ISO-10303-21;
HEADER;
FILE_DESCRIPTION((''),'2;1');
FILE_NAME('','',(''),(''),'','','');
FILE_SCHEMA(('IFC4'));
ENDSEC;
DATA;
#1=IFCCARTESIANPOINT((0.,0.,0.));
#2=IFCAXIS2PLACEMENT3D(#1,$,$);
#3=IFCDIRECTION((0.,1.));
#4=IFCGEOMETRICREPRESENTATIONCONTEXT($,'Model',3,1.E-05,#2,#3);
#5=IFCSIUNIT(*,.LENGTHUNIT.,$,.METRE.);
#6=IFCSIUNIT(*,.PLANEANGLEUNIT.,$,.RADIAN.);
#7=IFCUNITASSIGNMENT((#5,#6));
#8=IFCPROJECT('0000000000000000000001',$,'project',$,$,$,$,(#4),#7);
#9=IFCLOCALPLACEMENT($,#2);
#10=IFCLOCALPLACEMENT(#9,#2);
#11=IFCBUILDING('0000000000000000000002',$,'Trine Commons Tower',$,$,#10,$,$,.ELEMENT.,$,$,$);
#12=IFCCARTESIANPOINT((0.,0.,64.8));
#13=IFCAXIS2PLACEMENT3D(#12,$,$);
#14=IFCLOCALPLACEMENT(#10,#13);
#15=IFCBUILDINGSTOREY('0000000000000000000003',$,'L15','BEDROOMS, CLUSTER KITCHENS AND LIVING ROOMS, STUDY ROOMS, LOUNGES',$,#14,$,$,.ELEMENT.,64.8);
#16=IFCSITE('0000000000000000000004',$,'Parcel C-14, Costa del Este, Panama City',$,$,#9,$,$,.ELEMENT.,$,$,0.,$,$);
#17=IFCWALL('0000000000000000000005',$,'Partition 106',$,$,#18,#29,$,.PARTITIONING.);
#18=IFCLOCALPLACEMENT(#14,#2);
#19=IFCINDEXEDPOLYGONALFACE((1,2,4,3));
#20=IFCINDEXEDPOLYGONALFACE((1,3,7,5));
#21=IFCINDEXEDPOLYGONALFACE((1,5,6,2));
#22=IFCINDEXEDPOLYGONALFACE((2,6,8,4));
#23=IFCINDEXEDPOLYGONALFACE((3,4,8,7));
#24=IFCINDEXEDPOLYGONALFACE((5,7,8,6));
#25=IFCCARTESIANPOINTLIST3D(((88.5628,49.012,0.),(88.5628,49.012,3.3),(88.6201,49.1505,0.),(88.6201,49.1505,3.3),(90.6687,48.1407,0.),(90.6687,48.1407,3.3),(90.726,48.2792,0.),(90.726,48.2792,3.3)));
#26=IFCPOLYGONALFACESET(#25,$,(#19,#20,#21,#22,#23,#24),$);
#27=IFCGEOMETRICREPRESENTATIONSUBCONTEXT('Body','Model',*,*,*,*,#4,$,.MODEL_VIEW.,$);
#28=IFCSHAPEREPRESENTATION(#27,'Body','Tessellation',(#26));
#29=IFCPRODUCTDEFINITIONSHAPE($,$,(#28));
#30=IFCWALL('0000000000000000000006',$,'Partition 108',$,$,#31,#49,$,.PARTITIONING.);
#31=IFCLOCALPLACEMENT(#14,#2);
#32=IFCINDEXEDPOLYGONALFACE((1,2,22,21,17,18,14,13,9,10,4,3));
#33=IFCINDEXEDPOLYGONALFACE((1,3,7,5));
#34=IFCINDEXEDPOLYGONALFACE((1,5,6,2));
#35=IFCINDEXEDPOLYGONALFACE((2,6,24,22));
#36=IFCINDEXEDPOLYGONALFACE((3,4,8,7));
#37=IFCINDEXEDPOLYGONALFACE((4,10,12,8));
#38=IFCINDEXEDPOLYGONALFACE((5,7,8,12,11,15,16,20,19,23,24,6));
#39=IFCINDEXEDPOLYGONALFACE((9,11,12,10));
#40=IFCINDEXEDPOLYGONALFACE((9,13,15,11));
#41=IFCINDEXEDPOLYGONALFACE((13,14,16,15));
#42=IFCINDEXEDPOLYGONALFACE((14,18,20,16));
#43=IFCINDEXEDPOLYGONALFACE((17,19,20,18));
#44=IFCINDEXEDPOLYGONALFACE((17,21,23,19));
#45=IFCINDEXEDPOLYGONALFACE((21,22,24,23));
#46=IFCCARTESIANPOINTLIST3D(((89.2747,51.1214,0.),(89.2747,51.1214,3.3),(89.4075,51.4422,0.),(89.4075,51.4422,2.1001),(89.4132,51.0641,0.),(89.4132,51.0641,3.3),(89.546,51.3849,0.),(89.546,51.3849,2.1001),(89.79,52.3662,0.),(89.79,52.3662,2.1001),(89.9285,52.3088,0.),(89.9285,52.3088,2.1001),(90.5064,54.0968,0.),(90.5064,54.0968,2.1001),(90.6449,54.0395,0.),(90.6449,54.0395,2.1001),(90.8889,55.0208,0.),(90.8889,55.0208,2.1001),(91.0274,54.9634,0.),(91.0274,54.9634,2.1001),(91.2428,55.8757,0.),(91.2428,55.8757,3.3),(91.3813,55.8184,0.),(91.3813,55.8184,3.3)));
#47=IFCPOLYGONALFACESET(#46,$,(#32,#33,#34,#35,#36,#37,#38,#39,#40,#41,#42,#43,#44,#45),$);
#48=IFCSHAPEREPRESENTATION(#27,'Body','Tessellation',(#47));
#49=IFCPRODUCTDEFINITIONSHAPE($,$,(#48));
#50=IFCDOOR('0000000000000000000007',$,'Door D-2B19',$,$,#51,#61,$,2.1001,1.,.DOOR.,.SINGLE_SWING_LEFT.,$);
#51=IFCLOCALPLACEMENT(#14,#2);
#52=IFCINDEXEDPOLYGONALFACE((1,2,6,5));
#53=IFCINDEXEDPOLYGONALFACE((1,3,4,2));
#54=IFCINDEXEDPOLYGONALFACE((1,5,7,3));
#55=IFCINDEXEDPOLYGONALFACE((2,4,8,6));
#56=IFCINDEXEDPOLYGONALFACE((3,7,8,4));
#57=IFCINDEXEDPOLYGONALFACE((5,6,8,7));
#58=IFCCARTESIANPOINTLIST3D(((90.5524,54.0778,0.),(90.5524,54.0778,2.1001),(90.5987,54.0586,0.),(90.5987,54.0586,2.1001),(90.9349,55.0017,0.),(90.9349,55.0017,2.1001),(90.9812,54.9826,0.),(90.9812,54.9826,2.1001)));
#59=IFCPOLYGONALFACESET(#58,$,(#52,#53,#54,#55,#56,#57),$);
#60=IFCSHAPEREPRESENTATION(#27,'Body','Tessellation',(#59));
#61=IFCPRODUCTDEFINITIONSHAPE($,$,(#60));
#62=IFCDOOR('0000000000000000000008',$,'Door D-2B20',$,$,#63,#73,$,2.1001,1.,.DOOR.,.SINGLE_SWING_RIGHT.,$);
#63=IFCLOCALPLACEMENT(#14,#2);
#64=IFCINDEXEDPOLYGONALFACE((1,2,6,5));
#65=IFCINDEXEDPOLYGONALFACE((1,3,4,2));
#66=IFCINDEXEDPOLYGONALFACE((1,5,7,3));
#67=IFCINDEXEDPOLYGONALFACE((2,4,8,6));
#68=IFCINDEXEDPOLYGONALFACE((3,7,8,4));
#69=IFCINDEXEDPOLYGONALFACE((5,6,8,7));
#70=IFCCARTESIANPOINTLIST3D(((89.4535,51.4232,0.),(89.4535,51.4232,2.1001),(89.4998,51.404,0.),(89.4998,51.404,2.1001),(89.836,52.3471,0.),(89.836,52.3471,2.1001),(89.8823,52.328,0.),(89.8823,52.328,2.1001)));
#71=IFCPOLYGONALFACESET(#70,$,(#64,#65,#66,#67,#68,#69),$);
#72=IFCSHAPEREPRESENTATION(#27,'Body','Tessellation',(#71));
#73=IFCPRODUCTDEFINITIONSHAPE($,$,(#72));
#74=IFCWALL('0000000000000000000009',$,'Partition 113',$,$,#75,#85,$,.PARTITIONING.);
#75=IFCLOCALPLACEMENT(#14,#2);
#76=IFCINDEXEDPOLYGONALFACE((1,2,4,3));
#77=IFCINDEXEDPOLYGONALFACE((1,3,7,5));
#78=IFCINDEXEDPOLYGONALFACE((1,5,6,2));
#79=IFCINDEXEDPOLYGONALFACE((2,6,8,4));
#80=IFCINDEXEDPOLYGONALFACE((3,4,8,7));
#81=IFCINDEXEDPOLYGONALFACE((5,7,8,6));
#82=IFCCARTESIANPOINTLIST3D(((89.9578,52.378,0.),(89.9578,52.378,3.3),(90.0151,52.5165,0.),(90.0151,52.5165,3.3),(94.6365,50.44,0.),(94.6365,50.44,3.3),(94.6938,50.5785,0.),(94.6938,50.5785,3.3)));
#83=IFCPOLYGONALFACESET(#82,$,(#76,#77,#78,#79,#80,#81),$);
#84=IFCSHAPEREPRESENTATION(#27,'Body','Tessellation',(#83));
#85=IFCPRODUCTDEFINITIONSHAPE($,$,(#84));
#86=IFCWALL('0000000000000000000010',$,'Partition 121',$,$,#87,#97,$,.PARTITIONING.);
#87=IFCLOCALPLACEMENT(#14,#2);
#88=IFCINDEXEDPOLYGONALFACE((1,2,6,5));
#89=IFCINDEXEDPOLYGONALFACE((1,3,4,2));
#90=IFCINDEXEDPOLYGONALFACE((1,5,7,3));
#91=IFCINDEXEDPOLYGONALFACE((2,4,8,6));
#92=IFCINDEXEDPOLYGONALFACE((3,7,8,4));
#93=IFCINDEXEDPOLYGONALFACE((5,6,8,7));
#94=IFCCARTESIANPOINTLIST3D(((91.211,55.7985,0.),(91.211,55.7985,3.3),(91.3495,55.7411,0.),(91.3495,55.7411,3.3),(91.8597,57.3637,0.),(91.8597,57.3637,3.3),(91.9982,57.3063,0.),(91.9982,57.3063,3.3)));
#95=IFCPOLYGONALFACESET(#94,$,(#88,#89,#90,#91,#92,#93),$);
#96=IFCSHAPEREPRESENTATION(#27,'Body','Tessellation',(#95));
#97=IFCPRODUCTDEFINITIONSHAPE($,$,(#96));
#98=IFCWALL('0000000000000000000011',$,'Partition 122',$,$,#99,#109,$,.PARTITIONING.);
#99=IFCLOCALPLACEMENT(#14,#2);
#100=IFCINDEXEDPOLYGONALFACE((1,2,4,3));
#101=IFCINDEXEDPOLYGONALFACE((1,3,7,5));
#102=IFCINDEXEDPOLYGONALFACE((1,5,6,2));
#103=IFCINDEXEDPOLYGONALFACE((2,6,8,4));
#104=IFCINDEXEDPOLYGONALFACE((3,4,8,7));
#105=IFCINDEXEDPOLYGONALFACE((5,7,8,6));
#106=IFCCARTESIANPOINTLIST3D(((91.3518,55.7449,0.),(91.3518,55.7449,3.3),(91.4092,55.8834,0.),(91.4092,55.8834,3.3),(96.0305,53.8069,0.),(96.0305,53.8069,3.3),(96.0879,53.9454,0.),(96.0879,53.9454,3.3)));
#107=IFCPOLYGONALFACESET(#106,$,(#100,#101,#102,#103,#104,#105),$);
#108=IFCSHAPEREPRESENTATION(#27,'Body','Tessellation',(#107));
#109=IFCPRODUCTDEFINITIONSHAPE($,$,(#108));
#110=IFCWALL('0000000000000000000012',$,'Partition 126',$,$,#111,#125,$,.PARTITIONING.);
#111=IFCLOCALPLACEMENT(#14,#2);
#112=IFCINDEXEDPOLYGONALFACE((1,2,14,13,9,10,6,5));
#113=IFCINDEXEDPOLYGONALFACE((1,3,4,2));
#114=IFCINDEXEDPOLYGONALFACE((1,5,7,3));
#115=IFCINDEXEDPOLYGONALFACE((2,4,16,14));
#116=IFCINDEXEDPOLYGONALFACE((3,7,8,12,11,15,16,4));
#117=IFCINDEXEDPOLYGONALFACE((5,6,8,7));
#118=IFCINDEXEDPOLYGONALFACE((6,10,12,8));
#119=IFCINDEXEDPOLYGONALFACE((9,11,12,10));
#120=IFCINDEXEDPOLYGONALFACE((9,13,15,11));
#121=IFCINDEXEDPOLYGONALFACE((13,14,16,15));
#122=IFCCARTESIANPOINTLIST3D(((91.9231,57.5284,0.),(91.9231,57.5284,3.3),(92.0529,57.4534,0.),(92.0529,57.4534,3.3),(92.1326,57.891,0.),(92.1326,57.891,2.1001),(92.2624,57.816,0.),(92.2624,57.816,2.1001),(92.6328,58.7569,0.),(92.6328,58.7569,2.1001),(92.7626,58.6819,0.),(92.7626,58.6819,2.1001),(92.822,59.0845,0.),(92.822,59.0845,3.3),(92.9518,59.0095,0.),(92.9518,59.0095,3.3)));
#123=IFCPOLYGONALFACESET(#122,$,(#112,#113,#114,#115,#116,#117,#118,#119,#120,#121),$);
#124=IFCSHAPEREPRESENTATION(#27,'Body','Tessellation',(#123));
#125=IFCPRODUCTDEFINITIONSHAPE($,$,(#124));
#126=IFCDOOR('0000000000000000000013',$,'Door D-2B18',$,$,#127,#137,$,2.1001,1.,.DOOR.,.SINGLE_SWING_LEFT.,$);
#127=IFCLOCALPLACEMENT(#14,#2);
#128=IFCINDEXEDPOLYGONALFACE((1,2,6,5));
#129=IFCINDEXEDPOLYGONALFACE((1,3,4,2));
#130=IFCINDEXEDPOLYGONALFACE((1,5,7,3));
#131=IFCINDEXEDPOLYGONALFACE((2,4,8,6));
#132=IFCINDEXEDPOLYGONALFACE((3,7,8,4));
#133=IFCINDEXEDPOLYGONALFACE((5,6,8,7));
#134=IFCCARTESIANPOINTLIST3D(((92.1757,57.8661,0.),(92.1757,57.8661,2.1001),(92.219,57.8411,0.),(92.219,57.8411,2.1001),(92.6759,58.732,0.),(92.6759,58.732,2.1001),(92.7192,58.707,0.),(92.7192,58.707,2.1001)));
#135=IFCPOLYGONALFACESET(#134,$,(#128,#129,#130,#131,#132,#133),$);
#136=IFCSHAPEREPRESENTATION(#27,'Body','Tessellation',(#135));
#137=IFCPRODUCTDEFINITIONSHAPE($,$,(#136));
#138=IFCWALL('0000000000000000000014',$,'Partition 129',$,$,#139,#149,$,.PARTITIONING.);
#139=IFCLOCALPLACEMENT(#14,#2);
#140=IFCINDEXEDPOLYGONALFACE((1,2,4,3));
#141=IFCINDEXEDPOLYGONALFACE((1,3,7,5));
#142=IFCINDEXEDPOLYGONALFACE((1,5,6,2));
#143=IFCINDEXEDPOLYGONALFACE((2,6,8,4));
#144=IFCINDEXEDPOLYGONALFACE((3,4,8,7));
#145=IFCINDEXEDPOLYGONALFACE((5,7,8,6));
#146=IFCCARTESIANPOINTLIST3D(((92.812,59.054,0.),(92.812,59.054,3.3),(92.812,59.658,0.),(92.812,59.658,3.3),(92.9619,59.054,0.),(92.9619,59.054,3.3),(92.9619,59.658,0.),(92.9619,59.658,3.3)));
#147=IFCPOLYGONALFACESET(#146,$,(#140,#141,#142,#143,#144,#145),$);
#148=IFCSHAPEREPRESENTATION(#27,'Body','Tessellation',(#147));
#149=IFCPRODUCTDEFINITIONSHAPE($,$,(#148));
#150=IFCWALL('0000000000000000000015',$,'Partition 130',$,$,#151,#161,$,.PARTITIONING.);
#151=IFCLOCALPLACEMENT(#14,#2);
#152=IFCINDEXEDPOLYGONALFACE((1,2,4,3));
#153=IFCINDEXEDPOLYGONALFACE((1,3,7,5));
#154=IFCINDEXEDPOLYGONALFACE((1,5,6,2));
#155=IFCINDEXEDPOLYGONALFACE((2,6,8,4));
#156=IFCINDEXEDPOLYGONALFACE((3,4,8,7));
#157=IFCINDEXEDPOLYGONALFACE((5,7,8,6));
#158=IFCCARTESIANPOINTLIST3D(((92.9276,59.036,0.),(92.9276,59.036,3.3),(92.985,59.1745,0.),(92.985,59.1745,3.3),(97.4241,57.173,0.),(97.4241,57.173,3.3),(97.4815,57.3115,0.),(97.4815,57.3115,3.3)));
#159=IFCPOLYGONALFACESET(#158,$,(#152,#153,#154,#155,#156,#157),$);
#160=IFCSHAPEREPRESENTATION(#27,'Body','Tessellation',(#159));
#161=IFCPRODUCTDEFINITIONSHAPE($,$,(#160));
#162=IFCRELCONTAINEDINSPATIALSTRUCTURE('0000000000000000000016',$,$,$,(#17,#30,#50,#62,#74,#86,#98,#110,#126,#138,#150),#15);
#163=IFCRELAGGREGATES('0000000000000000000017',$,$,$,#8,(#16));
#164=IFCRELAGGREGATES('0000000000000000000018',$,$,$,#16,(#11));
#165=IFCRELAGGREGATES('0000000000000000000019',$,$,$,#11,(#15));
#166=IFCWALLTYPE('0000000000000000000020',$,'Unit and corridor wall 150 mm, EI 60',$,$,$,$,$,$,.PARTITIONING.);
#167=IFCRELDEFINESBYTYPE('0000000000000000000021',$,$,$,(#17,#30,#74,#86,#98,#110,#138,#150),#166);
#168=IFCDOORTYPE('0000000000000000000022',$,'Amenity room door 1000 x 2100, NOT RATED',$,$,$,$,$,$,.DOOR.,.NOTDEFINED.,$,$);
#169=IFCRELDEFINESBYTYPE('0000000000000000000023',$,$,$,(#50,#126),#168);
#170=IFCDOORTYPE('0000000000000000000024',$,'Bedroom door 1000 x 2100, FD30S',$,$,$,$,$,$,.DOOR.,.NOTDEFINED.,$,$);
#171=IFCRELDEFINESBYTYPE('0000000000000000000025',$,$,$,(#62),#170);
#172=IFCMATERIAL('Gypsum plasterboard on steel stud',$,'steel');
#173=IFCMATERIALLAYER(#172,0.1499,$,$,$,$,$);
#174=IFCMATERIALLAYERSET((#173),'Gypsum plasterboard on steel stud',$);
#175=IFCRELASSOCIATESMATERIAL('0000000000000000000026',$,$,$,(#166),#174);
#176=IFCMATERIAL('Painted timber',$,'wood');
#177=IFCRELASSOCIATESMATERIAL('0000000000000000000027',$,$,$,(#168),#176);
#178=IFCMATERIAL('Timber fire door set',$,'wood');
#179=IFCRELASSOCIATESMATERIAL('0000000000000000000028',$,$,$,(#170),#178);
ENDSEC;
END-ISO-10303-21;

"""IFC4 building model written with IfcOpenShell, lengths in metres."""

from ifc_helpers import new_model, si_unit, direction, frame, frame_2d, origin, place, context, subcontext, project, spatial, rectangle, extrude, material, layer, layer_set, type_object, element, fill, save


model = new_model("IFC4")

# Units and contexts
model_context = context("Model", 3, precision=1e-05, world=origin(), true_north=direction((0.0, 1.0)))
body_context = subcontext(model_context, "Body", "Model", "MODEL_VIEW")
ifc_project = project(units=[si_unit("LENGTHUNIT", "METRE"), si_unit("PLANEANGLEUNIT", "RADIAN")], contexts=[model_context])

# Site, building, storey
site_placement = place(None, origin())
site = spatial("IfcSite", under=ifc_project, at=site_placement, Name="Parcel C-14, Costa del Este, Panama City", CompositionType="ELEMENT", RefElevation=0.0)
building_placement = place(site_placement, origin())
building = spatial("IfcBuilding", under=site, at=building_placement, Name="Trine Commons Tower", CompositionType="ELEMENT")
storey_placement = place(building_placement, frame((0.0, 0.0, 64.8)))
storey = spatial("IfcBuildingStorey", under=building, at=storey_placement, Name="L15", Description="BEDROOMS, CLUSTER KITCHENS AND LIVING ROOMS, STUDY ROOMS, LOUNGES", CompositionType="ELEMENT", Elevation=64.8)

# Wall
ifc_material_1 = material(Name="Gypsum plasterboard on steel stud", Category="steel")
ifc_layer_1 = layer(ifc_material_1, 0.1499)
ifc_layer_set_1 = layer_set([ifc_layer_1], Name="Gypsum plasterboard on steel stud")
wall_type_1 = type_object("IfcWallType", Name="Unit and corridor wall 150 mm, EI 60", PredefinedType="PARTITIONING", material=ifc_layer_set_1)
wall_1_placement = place(storey_placement, frame((88.5913, 49.0813, 0.0), z_axis=(0.0, 0.0, 1.0), x_axis=(0.924031, -0.382317, 0.0)))
element("IfcWall", 1, at=wall_1_placement, inside=storey, type_object=wall_type_1, Name="Partition 106", PredefinedType="PARTITIONING", context=body_context, shape_type="SweptSolid", body=[
    extrude(rectangle(XDim=2.2791, YDim=0.1499, at=frame_2d((1.1396, 0.0))), origin(), (0.0, 0.0, 1.0), 3.3),
])

# Wall, openings, doors
wall_2_placement = place(storey_placement, frame((89.344, 51.0928, 0.0), z_axis=(0.0, 0.0, 1.0), x_axis=(0.382482, 0.923963, 0.0)))
wall_2 = element("IfcWall", 2, at=wall_2_placement, inside=storey, type_object=wall_type_1, Name="Partition 108", PredefinedType="PARTITIONING", context=body_context, shape_type="SweptSolid", body=[
    extrude(rectangle(XDim=5.1455, YDim=0.1499, at=frame_2d((2.5728, 0.0))), origin(), (0.0, 0.0, 1.0), 3.3),
])
opening_1_placement = place(wall_2_placement, frame((3.2202, 0.0, 0.0)))
opening_1 = element("IfcOpeningElement", 3, at=opening_1_placement, cuts=wall_2, PredefinedType="OPENING", context=body_context, shape_type="SweptSolid", body=[
    extrude(rectangle(XDim=1.0, YDim=2.1001, at=frame_2d((0.5, 1.05))), frame((0.0, 0.085, 0.0), z_axis=(0.0, -1.0, 0.0), x_axis=(1.0, 0.0, 0.0)), (0.0, 0.0, 1.0), 0.1699),
])
opening_2_placement = place(wall_2_placement, frame((0.3472, 0.0, 0.0)))
opening_2 = element("IfcOpeningElement", 4, at=opening_2_placement, cuts=wall_2, PredefinedType="OPENING", context=body_context, shape_type="SweptSolid", body=[
    extrude(rectangle(XDim=1.0, YDim=2.1001, at=frame_2d((0.5, 1.05))), frame((0.0, 0.085, 0.0), z_axis=(0.0, -1.0, 0.0), x_axis=(1.0, 0.0, 0.0)), (0.0, 0.0, 1.0), 0.1699),
])
ifc_material_2 = material(Name="Painted timber", Category="wood")
door_type_1 = type_object("IfcDoorType", Name="Amenity room door 1000 x 2100, NOT RATED", OperationType="NOTDEFINED", PredefinedType="DOOR", material=ifc_material_2)
door_1_placement = place(opening_1_placement, frame((1.0, 0.0, 0.0), z_axis=(0.0, 0.0, 1.0), x_axis=(-1.0, 0.0, 0.0)))
door_1 = element("IfcDoor", 5, at=door_1_placement, inside=storey, type_object=door_type_1, Name="Door D-2B19", OperationType="SINGLE_SWING_LEFT", OverallHeight=2.1001, OverallWidth=1.0, PredefinedType="DOOR", context=body_context, shape_type="SweptSolid", body=[
    extrude(rectangle(XDim=1.0, YDim=2.1001, at=frame_2d((0.5, 1.05))), frame((0.0, 0.0249, 0.0), z_axis=(0.0, -1.0, 0.0), x_axis=(1.0, 0.0, 0.0)), (0.0, 0.0, 1.0), 0.05),
])
fill(opening_1, door_1)
ifc_material_3 = material(Name="Timber fire door set", Category="wood")
door_type_2 = type_object("IfcDoorType", Name="Bedroom door 1000 x 2100, FD30S", OperationType="NOTDEFINED", PredefinedType="DOOR", material=ifc_material_3)
door_2_placement = place(opening_2_placement, frame((1.0, 0.0, 0.0), z_axis=(0.0, 0.0, 1.0), x_axis=(-1.0, 0.0, 0.0)))
door_2 = element("IfcDoor", 6, at=door_2_placement, inside=storey, type_object=door_type_2, Name="Door D-2B20", OperationType="SINGLE_SWING_RIGHT", OverallHeight=2.1001, OverallWidth=1.0, PredefinedType="DOOR", context=body_context, shape_type="SweptSolid", body=[
    extrude(rectangle(XDim=1.0, YDim=2.1001, at=frame_2d((0.5, 1.05))), frame((0.0, 0.0249, 0.0), z_axis=(0.0, -1.0, 0.0), x_axis=(1.0, 0.0, 0.0)), (0.0, 0.0, 1.0), 0.05),
])
fill(opening_2, door_2)

# Walls
wall_3_placement = place(storey_placement, frame((89.9863, 52.4473, 0.0), z_axis=(0.0, 0.0, 1.0), x_axis=(0.923879, -0.382684, 0.0)))
element("IfcWall", 7, at=wall_3_placement, inside=storey, type_object=wall_type_1, Name="Partition 113", PredefinedType="PARTITIONING", context=body_context, shape_type="SweptSolid", body=[
    extrude(rectangle(XDim=5.0642, YDim=0.1499, at=frame_2d((2.5322, 0.0))), origin(), (0.0, 0.0, 1.0), 3.3),
])
wall_4_placement = place(storey_placement, frame((91.2803, 55.7698, 0.0), z_axis=(0.0, 0.0, 1.0), x_axis=(0.382865, 0.923804, 0.0)))
element("IfcWall", 8, at=wall_4_placement, inside=storey, type_object=wall_type_1, Name="Partition 121", PredefinedType="PARTITIONING", context=body_context, shape_type="SweptSolid", body=[
    extrude(rectangle(XDim=1.6943, YDim=0.1499, at=frame_2d((0.8472, 0.0))), origin(), (0.0, 0.0, 1.0), 3.3),
])
wall_5_placement = place(storey_placement, frame((91.3804, 55.8142, 0.0), z_axis=(0.0, 0.0, 1.0), x_axis=(0.923879, -0.382684, 0.0)))
element("IfcWall", 9, at=wall_5_placement, inside=storey, type_object=wall_type_1, Name="Partition 122", PredefinedType="PARTITIONING", context=body_context, shape_type="SweptSolid", body=[
    extrude(rectangle(XDim=5.0642, YDim=0.1499, at=frame_2d((2.5322, 0.0))), origin(), (0.0, 0.0, 1.0), 3.3),
])

# Wall, opening, door
wall_6_placement = place(storey_placement, frame((91.988, 57.491, 0.0), z_axis=(0.0, 0.0, 1.0), x_axis=(0.500201, 0.86591, 0.0)))
wall_6 = element("IfcWall", 10, at=wall_6_placement, inside=storey, type_object=wall_type_1, Name="Partition 126", PredefinedType="PARTITIONING", context=body_context, shape_type="SweptSolid", body=[
    extrude(rectangle(XDim=1.7971, YDim=0.1499, at=frame_2d((0.8984, 0.0))), origin(), (0.0, 0.0, 1.0), 3.3),
])
opening_3_placement = place(wall_6_placement, frame((0.4187, 0.0, 0.0)))
opening_3 = element("IfcOpeningElement", 11, at=opening_3_placement, cuts=wall_6, PredefinedType="OPENING", context=body_context, shape_type="SweptSolid", body=[
    extrude(rectangle(XDim=1.0, YDim=2.1001, at=frame_2d((0.5, 1.05))), frame((0.0, 0.085, 0.0), z_axis=(0.0, -1.0, 0.0), x_axis=(1.0, 0.0, 0.0)), (0.0, 0.0, 1.0), 0.1699),
])
door_3_placement = place(opening_3_placement, frame((1.0, 0.0, 0.0), z_axis=(0.0, 0.0, 1.0), x_axis=(-1.0, 0.0, 0.0)))
door_3 = element("IfcDoor", 12, at=door_3_placement, inside=storey, type_object=door_type_1, Name="Door D-2B18", OperationType="SINGLE_SWING_LEFT", OverallHeight=2.1001, OverallWidth=1.0, PredefinedType="DOOR", context=body_context, shape_type="SweptSolid", body=[
    extrude(rectangle(XDim=1.0, YDim=2.1001, at=frame_2d((0.5, 1.05))), frame((0.0, 0.0249, 0.0), z_axis=(0.0, -1.0, 0.0), x_axis=(1.0, 0.0, 0.0)), (0.0, 0.0, 1.0), 0.05),
])
fill(opening_3, door_3)

# Walls
wall_7_placement = place(storey_placement, frame((92.887, 59.054, 0.0), z_axis=(0.0, 0.0, 1.0), x_axis=(0.0, 1.0, 0.0)))
element("IfcWall", 13, at=wall_7_placement, inside=storey, type_object=wall_type_1, Name="Partition 129", PredefinedType="PARTITIONING", context=body_context, shape_type="SweptSolid", body=[
    extrude(rectangle(XDim=0.604, YDim=0.1499, at=frame_2d((0.302, 0.0))), origin(), (0.0, 0.0, 1.0), 3.3),
])
wall_8_placement = place(storey_placement, frame((92.9563, 59.1052, 0.0), z_axis=(0.0, 0.0, 1.0), x_axis=(0.923844, -0.38277, 0.0)))
element("IfcWall", 14, at=wall_8_placement, inside=storey, type_object=wall_type_1, Name="Partition 130", PredefinedType="PARTITIONING", context=body_context, shape_type="SweptSolid", body=[
    extrude(rectangle(XDim=4.8672, YDim=0.1499, at=frame_2d((2.4336, 0.0))), origin(), (0.0, 0.0, 1.0), 3.3),
])

save(model, "model.ifc")
